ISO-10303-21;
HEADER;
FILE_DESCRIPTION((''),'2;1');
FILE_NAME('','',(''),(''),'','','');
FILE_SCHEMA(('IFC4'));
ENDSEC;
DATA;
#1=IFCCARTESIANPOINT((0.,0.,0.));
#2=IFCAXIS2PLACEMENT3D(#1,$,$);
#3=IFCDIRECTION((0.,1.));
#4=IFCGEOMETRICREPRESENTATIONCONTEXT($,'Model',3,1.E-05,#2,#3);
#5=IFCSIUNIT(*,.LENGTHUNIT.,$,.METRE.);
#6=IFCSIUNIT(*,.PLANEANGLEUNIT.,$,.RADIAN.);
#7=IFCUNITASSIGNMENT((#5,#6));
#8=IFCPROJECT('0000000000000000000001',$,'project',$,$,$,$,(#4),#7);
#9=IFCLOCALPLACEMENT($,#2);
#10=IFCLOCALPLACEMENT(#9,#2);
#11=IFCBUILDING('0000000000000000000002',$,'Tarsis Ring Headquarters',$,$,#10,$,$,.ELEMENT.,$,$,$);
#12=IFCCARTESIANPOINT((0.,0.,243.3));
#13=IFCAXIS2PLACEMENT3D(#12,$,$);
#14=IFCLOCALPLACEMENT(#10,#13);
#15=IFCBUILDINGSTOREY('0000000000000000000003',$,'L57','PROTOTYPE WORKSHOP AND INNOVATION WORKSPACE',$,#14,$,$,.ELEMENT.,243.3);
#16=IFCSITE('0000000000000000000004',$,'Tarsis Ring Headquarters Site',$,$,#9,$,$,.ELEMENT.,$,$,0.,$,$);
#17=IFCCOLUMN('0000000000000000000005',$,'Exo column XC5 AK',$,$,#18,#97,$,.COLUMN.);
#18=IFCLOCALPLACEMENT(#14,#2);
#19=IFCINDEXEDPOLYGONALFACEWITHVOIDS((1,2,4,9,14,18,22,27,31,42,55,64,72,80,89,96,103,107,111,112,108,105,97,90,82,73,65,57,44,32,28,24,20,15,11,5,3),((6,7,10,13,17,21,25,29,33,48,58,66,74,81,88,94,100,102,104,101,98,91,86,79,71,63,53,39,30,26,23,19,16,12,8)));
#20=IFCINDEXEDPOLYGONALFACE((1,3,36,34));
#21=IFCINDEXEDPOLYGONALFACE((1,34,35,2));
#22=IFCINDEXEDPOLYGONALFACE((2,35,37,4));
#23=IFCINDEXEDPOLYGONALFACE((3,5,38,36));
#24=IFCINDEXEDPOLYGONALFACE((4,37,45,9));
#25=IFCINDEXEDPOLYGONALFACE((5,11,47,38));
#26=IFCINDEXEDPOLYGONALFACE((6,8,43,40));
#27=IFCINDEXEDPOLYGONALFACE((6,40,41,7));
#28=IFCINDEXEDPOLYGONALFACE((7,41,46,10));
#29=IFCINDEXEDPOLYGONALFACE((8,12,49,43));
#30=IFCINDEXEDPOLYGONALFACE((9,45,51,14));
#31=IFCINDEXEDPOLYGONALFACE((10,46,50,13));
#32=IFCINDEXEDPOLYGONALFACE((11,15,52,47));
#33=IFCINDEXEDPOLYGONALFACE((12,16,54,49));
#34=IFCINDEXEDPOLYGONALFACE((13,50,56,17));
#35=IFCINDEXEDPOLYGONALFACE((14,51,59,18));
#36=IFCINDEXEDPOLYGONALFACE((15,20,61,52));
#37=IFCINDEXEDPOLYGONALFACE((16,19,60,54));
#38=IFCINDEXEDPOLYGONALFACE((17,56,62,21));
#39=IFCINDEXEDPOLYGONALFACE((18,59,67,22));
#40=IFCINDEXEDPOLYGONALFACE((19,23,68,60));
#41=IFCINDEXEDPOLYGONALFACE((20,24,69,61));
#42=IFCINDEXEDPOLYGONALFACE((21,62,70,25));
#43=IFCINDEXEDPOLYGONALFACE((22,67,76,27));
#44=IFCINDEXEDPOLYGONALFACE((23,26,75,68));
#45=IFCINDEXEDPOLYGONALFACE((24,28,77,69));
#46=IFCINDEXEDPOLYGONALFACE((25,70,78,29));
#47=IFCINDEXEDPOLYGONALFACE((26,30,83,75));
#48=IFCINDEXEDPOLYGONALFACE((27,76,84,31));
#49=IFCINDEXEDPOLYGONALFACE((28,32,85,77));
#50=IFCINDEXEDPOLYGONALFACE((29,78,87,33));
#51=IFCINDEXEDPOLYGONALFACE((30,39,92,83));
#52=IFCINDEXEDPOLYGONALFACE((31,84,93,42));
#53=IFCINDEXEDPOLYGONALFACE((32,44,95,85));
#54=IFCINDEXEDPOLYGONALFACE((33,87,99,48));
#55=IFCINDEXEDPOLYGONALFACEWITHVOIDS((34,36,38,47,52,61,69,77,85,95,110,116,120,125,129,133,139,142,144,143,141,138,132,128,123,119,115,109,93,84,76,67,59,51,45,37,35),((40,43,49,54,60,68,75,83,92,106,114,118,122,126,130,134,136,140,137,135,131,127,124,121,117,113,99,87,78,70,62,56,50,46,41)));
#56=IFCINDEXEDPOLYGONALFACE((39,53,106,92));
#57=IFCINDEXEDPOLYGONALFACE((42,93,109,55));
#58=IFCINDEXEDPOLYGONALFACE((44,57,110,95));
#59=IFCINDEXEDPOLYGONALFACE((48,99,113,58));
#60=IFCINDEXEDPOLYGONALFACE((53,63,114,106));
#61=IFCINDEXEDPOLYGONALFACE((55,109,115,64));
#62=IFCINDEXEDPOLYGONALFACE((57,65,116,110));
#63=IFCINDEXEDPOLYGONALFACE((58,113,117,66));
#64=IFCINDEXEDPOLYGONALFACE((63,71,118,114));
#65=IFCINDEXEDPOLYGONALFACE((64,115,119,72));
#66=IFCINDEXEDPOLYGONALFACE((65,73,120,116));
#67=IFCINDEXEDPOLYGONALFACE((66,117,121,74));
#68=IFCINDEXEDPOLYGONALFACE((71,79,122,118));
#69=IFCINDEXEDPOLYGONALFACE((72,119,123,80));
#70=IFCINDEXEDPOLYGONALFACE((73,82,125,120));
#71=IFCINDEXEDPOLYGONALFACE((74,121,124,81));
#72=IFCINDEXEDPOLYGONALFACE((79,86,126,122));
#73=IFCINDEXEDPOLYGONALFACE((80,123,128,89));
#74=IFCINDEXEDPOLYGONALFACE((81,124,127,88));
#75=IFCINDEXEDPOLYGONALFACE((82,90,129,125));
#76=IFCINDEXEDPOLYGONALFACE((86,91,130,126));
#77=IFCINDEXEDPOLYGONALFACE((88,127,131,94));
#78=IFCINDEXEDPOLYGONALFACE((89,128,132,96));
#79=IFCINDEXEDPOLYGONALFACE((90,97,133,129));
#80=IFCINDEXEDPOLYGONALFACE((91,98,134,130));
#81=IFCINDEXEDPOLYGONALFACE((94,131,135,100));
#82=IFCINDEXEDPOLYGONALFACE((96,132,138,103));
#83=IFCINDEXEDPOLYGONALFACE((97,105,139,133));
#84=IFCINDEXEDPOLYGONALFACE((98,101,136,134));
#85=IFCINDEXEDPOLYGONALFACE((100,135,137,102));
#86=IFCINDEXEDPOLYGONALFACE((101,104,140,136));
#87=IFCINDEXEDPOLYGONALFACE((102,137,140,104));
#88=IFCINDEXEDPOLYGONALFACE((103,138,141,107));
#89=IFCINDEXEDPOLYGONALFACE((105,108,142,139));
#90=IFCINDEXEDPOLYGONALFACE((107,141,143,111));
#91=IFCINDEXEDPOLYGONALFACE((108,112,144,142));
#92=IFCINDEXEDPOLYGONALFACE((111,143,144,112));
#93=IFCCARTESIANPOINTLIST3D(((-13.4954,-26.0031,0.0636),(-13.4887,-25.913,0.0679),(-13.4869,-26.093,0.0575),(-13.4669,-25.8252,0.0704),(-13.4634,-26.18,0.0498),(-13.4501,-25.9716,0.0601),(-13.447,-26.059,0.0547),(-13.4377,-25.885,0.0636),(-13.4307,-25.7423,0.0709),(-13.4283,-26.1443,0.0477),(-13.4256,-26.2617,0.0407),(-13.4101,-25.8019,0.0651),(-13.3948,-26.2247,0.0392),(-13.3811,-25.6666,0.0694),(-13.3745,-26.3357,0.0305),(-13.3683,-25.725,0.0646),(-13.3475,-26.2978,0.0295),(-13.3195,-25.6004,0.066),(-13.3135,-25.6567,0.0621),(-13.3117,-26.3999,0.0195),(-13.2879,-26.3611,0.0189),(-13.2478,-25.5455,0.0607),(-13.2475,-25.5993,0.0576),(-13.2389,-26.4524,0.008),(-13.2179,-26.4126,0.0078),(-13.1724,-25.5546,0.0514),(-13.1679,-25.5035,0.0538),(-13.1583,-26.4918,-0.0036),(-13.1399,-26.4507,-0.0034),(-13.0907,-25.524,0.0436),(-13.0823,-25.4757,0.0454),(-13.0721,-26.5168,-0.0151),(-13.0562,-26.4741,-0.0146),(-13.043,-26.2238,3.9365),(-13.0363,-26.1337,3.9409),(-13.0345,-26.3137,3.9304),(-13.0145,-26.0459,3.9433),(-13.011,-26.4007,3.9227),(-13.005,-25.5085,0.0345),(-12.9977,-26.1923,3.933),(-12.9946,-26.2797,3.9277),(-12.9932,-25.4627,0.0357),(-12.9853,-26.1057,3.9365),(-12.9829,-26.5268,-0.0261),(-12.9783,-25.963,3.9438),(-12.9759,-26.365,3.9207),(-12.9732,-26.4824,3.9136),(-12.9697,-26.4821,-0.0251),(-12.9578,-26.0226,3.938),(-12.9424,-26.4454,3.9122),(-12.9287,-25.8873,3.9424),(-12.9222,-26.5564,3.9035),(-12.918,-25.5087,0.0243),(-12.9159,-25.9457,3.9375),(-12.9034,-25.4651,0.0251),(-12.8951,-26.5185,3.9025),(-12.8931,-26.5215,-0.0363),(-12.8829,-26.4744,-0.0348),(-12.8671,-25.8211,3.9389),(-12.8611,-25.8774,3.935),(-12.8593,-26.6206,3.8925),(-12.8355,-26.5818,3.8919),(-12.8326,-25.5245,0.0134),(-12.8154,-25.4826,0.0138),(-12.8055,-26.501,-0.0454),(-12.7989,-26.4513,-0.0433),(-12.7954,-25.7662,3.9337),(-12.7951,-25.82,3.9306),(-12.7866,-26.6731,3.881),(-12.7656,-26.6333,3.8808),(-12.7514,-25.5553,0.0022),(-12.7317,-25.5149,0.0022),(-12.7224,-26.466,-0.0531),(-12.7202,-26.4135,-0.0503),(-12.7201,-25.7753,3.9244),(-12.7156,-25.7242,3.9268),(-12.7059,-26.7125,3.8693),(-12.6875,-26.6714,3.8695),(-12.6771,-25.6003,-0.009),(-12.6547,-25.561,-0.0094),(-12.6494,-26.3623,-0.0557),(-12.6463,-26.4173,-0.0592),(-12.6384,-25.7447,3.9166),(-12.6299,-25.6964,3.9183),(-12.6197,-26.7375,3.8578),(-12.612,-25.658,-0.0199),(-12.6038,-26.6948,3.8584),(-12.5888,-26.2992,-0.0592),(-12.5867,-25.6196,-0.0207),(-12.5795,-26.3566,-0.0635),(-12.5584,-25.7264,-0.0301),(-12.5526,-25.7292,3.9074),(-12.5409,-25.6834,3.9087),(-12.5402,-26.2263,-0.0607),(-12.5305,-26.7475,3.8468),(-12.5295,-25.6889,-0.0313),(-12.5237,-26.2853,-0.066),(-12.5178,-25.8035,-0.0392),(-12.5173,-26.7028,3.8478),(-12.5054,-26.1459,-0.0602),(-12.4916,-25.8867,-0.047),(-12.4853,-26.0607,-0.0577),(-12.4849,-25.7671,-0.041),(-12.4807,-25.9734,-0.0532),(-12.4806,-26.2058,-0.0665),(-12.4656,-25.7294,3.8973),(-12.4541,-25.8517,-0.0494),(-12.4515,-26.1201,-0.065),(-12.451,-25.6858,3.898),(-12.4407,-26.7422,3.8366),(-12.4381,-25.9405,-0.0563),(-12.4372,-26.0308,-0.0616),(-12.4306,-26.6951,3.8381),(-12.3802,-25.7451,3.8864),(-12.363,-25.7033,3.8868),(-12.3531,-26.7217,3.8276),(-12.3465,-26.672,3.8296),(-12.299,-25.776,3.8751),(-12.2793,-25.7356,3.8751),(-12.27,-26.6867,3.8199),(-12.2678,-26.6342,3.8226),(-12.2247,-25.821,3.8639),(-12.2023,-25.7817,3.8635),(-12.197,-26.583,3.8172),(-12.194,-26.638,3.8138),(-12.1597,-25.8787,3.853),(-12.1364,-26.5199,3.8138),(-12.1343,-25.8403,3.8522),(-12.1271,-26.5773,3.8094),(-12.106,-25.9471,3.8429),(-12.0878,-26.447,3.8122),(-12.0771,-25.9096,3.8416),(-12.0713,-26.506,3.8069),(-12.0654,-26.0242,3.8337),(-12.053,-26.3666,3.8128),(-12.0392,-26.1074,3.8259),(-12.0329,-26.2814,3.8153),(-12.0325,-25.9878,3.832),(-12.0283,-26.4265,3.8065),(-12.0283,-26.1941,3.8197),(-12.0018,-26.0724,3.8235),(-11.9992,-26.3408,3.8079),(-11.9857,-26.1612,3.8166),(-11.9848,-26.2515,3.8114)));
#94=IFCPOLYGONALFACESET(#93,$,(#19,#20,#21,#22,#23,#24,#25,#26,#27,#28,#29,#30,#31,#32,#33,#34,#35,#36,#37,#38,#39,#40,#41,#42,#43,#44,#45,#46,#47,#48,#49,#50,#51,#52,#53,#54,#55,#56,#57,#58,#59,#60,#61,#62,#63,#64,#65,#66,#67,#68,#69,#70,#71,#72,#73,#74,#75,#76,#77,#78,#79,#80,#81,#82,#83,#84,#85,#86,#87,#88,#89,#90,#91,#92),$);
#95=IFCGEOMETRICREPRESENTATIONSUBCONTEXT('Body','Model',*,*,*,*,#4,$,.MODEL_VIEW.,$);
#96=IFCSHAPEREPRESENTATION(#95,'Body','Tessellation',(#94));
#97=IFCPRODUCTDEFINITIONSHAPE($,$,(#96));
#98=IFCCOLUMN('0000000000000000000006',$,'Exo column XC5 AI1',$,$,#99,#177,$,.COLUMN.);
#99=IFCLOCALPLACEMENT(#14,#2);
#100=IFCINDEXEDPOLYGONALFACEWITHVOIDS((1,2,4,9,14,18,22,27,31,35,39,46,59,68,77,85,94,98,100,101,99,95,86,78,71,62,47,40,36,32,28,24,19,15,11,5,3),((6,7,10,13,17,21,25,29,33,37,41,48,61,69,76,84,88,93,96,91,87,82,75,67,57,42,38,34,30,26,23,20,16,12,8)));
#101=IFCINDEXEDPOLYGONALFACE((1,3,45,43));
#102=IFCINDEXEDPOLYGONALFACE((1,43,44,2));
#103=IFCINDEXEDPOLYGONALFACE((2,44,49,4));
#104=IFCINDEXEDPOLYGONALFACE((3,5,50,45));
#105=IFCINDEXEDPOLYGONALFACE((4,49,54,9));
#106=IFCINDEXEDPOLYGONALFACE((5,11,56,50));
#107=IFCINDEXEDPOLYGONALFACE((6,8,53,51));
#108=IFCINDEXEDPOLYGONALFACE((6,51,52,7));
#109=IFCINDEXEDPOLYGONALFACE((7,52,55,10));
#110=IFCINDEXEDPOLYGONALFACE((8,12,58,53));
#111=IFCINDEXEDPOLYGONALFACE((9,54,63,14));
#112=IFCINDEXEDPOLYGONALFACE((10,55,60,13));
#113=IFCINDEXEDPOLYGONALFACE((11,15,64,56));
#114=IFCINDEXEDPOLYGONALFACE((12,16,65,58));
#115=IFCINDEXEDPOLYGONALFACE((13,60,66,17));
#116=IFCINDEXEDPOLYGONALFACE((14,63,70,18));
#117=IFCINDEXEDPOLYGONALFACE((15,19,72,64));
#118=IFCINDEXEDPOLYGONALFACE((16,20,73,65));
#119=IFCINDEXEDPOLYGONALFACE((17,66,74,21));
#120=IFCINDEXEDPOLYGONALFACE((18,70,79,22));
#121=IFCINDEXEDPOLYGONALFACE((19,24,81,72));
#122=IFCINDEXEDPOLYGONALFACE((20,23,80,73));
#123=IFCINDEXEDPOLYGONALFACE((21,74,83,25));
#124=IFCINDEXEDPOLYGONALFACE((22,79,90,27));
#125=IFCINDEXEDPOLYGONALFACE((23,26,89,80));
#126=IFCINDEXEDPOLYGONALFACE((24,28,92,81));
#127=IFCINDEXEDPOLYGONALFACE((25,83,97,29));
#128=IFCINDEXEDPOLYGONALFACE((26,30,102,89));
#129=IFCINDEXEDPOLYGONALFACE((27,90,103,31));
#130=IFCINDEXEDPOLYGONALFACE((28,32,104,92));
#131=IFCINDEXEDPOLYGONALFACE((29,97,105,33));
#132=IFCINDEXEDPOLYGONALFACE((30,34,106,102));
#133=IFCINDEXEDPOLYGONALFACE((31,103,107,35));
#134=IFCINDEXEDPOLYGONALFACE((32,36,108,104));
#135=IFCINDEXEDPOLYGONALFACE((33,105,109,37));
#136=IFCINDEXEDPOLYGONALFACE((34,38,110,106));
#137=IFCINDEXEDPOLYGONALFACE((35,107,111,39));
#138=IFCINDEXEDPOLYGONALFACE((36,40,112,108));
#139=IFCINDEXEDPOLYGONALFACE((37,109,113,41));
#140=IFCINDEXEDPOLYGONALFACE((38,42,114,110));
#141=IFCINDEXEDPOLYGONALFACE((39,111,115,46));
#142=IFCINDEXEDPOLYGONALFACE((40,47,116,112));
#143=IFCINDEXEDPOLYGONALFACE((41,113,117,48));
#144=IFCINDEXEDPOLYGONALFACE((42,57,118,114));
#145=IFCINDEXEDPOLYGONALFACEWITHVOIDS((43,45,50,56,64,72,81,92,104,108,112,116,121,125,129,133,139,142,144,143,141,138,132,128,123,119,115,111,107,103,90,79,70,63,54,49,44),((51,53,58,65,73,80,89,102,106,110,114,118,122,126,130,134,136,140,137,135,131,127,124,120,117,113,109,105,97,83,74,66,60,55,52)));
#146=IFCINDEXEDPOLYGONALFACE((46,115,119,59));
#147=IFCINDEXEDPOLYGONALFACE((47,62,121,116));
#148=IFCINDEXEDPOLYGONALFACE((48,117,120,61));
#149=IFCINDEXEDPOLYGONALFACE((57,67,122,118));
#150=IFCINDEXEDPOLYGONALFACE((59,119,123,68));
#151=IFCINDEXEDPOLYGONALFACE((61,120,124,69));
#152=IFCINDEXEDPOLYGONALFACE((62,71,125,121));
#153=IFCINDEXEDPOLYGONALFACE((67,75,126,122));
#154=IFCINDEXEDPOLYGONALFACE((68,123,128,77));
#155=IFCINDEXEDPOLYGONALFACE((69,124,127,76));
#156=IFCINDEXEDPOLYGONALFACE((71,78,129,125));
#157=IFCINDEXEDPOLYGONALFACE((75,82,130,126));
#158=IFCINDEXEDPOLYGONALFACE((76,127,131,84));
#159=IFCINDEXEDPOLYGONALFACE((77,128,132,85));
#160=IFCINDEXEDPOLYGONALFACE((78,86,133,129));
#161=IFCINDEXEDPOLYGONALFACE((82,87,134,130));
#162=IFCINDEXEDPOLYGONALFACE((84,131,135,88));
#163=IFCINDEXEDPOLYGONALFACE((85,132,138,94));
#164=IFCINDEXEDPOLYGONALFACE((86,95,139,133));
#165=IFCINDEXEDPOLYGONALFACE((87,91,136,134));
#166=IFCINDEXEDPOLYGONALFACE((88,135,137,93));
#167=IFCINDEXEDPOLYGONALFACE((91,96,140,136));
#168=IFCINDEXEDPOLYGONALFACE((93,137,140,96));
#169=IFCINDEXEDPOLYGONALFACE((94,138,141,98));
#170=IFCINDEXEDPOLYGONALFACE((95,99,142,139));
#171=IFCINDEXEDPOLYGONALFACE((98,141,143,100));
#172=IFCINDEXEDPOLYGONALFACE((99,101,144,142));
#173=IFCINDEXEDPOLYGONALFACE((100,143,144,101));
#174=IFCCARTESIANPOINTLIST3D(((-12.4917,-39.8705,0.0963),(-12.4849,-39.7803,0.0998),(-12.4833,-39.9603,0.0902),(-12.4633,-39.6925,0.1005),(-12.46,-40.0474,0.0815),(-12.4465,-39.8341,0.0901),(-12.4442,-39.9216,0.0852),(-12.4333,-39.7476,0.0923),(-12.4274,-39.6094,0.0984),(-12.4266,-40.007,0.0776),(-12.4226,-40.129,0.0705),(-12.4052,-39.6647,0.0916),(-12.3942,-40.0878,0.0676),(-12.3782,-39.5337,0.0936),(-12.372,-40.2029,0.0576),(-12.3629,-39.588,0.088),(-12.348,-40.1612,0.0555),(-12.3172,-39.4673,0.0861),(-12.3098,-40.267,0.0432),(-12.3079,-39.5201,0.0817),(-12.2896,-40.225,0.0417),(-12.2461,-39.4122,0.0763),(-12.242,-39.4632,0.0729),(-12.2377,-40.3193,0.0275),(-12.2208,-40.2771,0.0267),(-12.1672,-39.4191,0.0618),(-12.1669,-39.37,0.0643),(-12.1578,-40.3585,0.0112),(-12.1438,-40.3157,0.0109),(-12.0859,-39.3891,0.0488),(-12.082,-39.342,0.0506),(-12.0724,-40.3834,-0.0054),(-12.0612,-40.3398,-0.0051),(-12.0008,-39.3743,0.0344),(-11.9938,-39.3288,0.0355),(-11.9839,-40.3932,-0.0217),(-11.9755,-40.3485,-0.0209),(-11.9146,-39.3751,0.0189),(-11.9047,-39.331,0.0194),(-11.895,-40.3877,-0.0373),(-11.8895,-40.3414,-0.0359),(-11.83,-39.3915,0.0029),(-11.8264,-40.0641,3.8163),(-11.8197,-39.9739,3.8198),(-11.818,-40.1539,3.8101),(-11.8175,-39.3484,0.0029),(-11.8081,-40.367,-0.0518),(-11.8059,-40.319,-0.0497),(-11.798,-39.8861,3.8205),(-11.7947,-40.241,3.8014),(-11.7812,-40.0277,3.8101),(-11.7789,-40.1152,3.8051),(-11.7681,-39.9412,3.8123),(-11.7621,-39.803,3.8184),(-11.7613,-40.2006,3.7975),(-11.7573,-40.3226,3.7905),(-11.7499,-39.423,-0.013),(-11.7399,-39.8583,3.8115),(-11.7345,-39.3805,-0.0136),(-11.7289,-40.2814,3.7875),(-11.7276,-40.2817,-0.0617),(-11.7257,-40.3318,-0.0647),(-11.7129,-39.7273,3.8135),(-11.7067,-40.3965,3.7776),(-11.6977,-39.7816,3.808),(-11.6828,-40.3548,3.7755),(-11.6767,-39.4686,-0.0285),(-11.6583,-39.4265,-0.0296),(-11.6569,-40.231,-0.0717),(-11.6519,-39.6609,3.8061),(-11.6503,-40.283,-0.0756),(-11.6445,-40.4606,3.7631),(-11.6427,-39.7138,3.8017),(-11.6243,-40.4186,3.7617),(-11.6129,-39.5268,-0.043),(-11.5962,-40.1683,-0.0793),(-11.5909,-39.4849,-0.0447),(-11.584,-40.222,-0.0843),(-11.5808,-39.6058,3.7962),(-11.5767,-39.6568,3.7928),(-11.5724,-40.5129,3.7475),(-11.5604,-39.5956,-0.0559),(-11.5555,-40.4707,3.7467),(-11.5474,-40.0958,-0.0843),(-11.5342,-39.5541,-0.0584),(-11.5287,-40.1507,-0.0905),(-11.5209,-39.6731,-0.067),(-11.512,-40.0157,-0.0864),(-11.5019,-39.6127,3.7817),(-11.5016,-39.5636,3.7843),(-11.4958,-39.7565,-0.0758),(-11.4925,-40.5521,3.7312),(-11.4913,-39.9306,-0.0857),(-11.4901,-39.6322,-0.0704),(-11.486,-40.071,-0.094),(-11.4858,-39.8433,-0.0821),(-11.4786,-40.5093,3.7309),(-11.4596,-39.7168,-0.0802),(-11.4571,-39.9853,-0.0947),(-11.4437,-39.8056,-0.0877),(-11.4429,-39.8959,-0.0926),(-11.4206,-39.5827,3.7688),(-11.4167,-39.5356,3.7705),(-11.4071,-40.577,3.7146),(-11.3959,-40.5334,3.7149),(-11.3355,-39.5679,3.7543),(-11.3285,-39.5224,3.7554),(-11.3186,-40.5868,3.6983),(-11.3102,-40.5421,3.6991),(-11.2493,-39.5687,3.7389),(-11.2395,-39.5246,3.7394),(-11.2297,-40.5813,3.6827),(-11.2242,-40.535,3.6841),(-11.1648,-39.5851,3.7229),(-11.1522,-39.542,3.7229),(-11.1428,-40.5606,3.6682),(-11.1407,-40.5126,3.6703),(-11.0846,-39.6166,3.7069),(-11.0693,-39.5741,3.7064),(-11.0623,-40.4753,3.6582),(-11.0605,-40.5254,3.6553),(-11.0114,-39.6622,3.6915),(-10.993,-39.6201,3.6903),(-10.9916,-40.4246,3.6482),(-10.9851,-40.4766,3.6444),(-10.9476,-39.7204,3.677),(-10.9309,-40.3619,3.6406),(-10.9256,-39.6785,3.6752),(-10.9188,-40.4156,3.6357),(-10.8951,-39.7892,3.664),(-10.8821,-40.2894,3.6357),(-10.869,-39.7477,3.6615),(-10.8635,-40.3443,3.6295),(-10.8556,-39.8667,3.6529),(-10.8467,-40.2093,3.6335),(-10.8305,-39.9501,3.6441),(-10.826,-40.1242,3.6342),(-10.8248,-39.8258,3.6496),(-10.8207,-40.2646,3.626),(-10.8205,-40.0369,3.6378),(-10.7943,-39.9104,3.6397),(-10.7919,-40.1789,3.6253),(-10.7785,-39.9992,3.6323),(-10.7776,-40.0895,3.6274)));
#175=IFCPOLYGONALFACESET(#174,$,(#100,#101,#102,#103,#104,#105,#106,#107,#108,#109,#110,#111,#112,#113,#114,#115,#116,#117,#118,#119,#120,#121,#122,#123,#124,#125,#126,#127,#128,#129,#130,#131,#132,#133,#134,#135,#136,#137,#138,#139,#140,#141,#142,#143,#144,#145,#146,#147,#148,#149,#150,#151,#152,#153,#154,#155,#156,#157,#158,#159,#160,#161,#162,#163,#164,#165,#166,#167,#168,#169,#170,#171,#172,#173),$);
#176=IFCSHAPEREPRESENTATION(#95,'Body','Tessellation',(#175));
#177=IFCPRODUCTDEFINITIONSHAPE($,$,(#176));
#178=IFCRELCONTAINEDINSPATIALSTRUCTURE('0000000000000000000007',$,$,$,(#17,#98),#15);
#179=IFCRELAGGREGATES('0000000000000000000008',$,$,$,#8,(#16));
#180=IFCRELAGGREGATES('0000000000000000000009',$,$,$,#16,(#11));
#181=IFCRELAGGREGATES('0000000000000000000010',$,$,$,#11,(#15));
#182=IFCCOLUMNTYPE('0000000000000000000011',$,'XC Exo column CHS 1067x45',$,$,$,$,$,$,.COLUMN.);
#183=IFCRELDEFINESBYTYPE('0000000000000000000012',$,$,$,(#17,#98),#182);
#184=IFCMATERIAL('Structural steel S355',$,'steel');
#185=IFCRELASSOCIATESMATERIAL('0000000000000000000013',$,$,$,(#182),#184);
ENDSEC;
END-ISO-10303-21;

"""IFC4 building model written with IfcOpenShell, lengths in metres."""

from ifc_helpers import new_model, si_unit, direction, frame, origin, origin_2d, place, context, subcontext, project, spatial, hollow_circle, extrude, material, material_profile, profile_set, type_object, element, save


model = new_model("IFC4")

# Units and contexts
model_context = context("Model", 3, precision=1e-05, world=origin(), true_north=direction((0.0, 1.0)))
body_context = subcontext(model_context, "Body", "Model", "MODEL_VIEW")
ifc_project = project(units=[si_unit("LENGTHUNIT", "METRE"), si_unit("PLANEANGLEUNIT", "RADIAN")], contexts=[model_context])

# Site, building, storey
site_placement = place(None, origin())
site = spatial("IfcSite", under=ifc_project, at=site_placement, Name="Tarsis Ring Headquarters Site", CompositionType="ELEMENT", RefElevation=0.0)
building_placement = place(site_placement, origin())
building = spatial("IfcBuilding", under=site, at=building_placement, Name="Tarsis Ring Headquarters", CompositionType="ELEMENT")
storey_placement = place(building_placement, frame((0.0, 0.0, 243.3)))
storey = spatial("IfcBuildingStorey", under=building, at=storey_placement, Name="L57", Description="PROTOTYPE WORKSHOP AND INNOVATION WORKSPACE", CompositionType="ELEMENT", Elevation=243.3)

# Columns
ifc_material_1 = material(Name="Structural steel S355", Category="steel")
ifc_material_profile_1 = material_profile(ifc_material_1, hollow_circle(Radius=0.5334, WallThickness=0.0449, at=origin_2d()), Name="CHS 1067x45")
ifc_profile_set_1 = profile_set([ifc_material_profile_1], Name="Structural steel S355")
column_type = type_object("IfcColumnType", Name="XC Exo column CHS 1067x45", PredefinedType="COLUMN", material=ifc_profile_set_1)
column_1_placement = place(storey_placement, frame((-12.9656, -25.9944, 0.0022), z_axis=(0.115831, -0.056509, 0.99166), x_axis=(0.438462, 0.89875, 0.0)))
element("IfcColumn", 1, at=column_1_placement, inside=storey, type_object=column_type, Name="Exo column XC5 AK", PredefinedType="COLUMN", context=body_context, shape_type="SweptSolid", body=[
    extrude(hollow_circle(Radius=0.5334, WallThickness=0.0449, at=origin_2d()), origin(), (0.0, 0.0, 1.0), 3.9055),
])
column_2_placement = place(storey_placement, frame((-11.9666, -39.8606, 0.0029), z_axis=(0.175817, -0.051164, 0.983092), x_axis=(0.279418, 0.96017, 0.0)))
element("IfcColumn", 2, at=column_2_placement, inside=storey, type_object=column_type, Name="Exo column XC5 AI1", PredefinedType="COLUMN", context=body_context, shape_type="SweptSolid", body=[
    extrude(hollow_circle(Radius=0.5334, WallThickness=0.0449, at=origin_2d()), origin(), (0.0, 0.0, 1.0), 3.7839),
])

save(model, "model.ifc")
